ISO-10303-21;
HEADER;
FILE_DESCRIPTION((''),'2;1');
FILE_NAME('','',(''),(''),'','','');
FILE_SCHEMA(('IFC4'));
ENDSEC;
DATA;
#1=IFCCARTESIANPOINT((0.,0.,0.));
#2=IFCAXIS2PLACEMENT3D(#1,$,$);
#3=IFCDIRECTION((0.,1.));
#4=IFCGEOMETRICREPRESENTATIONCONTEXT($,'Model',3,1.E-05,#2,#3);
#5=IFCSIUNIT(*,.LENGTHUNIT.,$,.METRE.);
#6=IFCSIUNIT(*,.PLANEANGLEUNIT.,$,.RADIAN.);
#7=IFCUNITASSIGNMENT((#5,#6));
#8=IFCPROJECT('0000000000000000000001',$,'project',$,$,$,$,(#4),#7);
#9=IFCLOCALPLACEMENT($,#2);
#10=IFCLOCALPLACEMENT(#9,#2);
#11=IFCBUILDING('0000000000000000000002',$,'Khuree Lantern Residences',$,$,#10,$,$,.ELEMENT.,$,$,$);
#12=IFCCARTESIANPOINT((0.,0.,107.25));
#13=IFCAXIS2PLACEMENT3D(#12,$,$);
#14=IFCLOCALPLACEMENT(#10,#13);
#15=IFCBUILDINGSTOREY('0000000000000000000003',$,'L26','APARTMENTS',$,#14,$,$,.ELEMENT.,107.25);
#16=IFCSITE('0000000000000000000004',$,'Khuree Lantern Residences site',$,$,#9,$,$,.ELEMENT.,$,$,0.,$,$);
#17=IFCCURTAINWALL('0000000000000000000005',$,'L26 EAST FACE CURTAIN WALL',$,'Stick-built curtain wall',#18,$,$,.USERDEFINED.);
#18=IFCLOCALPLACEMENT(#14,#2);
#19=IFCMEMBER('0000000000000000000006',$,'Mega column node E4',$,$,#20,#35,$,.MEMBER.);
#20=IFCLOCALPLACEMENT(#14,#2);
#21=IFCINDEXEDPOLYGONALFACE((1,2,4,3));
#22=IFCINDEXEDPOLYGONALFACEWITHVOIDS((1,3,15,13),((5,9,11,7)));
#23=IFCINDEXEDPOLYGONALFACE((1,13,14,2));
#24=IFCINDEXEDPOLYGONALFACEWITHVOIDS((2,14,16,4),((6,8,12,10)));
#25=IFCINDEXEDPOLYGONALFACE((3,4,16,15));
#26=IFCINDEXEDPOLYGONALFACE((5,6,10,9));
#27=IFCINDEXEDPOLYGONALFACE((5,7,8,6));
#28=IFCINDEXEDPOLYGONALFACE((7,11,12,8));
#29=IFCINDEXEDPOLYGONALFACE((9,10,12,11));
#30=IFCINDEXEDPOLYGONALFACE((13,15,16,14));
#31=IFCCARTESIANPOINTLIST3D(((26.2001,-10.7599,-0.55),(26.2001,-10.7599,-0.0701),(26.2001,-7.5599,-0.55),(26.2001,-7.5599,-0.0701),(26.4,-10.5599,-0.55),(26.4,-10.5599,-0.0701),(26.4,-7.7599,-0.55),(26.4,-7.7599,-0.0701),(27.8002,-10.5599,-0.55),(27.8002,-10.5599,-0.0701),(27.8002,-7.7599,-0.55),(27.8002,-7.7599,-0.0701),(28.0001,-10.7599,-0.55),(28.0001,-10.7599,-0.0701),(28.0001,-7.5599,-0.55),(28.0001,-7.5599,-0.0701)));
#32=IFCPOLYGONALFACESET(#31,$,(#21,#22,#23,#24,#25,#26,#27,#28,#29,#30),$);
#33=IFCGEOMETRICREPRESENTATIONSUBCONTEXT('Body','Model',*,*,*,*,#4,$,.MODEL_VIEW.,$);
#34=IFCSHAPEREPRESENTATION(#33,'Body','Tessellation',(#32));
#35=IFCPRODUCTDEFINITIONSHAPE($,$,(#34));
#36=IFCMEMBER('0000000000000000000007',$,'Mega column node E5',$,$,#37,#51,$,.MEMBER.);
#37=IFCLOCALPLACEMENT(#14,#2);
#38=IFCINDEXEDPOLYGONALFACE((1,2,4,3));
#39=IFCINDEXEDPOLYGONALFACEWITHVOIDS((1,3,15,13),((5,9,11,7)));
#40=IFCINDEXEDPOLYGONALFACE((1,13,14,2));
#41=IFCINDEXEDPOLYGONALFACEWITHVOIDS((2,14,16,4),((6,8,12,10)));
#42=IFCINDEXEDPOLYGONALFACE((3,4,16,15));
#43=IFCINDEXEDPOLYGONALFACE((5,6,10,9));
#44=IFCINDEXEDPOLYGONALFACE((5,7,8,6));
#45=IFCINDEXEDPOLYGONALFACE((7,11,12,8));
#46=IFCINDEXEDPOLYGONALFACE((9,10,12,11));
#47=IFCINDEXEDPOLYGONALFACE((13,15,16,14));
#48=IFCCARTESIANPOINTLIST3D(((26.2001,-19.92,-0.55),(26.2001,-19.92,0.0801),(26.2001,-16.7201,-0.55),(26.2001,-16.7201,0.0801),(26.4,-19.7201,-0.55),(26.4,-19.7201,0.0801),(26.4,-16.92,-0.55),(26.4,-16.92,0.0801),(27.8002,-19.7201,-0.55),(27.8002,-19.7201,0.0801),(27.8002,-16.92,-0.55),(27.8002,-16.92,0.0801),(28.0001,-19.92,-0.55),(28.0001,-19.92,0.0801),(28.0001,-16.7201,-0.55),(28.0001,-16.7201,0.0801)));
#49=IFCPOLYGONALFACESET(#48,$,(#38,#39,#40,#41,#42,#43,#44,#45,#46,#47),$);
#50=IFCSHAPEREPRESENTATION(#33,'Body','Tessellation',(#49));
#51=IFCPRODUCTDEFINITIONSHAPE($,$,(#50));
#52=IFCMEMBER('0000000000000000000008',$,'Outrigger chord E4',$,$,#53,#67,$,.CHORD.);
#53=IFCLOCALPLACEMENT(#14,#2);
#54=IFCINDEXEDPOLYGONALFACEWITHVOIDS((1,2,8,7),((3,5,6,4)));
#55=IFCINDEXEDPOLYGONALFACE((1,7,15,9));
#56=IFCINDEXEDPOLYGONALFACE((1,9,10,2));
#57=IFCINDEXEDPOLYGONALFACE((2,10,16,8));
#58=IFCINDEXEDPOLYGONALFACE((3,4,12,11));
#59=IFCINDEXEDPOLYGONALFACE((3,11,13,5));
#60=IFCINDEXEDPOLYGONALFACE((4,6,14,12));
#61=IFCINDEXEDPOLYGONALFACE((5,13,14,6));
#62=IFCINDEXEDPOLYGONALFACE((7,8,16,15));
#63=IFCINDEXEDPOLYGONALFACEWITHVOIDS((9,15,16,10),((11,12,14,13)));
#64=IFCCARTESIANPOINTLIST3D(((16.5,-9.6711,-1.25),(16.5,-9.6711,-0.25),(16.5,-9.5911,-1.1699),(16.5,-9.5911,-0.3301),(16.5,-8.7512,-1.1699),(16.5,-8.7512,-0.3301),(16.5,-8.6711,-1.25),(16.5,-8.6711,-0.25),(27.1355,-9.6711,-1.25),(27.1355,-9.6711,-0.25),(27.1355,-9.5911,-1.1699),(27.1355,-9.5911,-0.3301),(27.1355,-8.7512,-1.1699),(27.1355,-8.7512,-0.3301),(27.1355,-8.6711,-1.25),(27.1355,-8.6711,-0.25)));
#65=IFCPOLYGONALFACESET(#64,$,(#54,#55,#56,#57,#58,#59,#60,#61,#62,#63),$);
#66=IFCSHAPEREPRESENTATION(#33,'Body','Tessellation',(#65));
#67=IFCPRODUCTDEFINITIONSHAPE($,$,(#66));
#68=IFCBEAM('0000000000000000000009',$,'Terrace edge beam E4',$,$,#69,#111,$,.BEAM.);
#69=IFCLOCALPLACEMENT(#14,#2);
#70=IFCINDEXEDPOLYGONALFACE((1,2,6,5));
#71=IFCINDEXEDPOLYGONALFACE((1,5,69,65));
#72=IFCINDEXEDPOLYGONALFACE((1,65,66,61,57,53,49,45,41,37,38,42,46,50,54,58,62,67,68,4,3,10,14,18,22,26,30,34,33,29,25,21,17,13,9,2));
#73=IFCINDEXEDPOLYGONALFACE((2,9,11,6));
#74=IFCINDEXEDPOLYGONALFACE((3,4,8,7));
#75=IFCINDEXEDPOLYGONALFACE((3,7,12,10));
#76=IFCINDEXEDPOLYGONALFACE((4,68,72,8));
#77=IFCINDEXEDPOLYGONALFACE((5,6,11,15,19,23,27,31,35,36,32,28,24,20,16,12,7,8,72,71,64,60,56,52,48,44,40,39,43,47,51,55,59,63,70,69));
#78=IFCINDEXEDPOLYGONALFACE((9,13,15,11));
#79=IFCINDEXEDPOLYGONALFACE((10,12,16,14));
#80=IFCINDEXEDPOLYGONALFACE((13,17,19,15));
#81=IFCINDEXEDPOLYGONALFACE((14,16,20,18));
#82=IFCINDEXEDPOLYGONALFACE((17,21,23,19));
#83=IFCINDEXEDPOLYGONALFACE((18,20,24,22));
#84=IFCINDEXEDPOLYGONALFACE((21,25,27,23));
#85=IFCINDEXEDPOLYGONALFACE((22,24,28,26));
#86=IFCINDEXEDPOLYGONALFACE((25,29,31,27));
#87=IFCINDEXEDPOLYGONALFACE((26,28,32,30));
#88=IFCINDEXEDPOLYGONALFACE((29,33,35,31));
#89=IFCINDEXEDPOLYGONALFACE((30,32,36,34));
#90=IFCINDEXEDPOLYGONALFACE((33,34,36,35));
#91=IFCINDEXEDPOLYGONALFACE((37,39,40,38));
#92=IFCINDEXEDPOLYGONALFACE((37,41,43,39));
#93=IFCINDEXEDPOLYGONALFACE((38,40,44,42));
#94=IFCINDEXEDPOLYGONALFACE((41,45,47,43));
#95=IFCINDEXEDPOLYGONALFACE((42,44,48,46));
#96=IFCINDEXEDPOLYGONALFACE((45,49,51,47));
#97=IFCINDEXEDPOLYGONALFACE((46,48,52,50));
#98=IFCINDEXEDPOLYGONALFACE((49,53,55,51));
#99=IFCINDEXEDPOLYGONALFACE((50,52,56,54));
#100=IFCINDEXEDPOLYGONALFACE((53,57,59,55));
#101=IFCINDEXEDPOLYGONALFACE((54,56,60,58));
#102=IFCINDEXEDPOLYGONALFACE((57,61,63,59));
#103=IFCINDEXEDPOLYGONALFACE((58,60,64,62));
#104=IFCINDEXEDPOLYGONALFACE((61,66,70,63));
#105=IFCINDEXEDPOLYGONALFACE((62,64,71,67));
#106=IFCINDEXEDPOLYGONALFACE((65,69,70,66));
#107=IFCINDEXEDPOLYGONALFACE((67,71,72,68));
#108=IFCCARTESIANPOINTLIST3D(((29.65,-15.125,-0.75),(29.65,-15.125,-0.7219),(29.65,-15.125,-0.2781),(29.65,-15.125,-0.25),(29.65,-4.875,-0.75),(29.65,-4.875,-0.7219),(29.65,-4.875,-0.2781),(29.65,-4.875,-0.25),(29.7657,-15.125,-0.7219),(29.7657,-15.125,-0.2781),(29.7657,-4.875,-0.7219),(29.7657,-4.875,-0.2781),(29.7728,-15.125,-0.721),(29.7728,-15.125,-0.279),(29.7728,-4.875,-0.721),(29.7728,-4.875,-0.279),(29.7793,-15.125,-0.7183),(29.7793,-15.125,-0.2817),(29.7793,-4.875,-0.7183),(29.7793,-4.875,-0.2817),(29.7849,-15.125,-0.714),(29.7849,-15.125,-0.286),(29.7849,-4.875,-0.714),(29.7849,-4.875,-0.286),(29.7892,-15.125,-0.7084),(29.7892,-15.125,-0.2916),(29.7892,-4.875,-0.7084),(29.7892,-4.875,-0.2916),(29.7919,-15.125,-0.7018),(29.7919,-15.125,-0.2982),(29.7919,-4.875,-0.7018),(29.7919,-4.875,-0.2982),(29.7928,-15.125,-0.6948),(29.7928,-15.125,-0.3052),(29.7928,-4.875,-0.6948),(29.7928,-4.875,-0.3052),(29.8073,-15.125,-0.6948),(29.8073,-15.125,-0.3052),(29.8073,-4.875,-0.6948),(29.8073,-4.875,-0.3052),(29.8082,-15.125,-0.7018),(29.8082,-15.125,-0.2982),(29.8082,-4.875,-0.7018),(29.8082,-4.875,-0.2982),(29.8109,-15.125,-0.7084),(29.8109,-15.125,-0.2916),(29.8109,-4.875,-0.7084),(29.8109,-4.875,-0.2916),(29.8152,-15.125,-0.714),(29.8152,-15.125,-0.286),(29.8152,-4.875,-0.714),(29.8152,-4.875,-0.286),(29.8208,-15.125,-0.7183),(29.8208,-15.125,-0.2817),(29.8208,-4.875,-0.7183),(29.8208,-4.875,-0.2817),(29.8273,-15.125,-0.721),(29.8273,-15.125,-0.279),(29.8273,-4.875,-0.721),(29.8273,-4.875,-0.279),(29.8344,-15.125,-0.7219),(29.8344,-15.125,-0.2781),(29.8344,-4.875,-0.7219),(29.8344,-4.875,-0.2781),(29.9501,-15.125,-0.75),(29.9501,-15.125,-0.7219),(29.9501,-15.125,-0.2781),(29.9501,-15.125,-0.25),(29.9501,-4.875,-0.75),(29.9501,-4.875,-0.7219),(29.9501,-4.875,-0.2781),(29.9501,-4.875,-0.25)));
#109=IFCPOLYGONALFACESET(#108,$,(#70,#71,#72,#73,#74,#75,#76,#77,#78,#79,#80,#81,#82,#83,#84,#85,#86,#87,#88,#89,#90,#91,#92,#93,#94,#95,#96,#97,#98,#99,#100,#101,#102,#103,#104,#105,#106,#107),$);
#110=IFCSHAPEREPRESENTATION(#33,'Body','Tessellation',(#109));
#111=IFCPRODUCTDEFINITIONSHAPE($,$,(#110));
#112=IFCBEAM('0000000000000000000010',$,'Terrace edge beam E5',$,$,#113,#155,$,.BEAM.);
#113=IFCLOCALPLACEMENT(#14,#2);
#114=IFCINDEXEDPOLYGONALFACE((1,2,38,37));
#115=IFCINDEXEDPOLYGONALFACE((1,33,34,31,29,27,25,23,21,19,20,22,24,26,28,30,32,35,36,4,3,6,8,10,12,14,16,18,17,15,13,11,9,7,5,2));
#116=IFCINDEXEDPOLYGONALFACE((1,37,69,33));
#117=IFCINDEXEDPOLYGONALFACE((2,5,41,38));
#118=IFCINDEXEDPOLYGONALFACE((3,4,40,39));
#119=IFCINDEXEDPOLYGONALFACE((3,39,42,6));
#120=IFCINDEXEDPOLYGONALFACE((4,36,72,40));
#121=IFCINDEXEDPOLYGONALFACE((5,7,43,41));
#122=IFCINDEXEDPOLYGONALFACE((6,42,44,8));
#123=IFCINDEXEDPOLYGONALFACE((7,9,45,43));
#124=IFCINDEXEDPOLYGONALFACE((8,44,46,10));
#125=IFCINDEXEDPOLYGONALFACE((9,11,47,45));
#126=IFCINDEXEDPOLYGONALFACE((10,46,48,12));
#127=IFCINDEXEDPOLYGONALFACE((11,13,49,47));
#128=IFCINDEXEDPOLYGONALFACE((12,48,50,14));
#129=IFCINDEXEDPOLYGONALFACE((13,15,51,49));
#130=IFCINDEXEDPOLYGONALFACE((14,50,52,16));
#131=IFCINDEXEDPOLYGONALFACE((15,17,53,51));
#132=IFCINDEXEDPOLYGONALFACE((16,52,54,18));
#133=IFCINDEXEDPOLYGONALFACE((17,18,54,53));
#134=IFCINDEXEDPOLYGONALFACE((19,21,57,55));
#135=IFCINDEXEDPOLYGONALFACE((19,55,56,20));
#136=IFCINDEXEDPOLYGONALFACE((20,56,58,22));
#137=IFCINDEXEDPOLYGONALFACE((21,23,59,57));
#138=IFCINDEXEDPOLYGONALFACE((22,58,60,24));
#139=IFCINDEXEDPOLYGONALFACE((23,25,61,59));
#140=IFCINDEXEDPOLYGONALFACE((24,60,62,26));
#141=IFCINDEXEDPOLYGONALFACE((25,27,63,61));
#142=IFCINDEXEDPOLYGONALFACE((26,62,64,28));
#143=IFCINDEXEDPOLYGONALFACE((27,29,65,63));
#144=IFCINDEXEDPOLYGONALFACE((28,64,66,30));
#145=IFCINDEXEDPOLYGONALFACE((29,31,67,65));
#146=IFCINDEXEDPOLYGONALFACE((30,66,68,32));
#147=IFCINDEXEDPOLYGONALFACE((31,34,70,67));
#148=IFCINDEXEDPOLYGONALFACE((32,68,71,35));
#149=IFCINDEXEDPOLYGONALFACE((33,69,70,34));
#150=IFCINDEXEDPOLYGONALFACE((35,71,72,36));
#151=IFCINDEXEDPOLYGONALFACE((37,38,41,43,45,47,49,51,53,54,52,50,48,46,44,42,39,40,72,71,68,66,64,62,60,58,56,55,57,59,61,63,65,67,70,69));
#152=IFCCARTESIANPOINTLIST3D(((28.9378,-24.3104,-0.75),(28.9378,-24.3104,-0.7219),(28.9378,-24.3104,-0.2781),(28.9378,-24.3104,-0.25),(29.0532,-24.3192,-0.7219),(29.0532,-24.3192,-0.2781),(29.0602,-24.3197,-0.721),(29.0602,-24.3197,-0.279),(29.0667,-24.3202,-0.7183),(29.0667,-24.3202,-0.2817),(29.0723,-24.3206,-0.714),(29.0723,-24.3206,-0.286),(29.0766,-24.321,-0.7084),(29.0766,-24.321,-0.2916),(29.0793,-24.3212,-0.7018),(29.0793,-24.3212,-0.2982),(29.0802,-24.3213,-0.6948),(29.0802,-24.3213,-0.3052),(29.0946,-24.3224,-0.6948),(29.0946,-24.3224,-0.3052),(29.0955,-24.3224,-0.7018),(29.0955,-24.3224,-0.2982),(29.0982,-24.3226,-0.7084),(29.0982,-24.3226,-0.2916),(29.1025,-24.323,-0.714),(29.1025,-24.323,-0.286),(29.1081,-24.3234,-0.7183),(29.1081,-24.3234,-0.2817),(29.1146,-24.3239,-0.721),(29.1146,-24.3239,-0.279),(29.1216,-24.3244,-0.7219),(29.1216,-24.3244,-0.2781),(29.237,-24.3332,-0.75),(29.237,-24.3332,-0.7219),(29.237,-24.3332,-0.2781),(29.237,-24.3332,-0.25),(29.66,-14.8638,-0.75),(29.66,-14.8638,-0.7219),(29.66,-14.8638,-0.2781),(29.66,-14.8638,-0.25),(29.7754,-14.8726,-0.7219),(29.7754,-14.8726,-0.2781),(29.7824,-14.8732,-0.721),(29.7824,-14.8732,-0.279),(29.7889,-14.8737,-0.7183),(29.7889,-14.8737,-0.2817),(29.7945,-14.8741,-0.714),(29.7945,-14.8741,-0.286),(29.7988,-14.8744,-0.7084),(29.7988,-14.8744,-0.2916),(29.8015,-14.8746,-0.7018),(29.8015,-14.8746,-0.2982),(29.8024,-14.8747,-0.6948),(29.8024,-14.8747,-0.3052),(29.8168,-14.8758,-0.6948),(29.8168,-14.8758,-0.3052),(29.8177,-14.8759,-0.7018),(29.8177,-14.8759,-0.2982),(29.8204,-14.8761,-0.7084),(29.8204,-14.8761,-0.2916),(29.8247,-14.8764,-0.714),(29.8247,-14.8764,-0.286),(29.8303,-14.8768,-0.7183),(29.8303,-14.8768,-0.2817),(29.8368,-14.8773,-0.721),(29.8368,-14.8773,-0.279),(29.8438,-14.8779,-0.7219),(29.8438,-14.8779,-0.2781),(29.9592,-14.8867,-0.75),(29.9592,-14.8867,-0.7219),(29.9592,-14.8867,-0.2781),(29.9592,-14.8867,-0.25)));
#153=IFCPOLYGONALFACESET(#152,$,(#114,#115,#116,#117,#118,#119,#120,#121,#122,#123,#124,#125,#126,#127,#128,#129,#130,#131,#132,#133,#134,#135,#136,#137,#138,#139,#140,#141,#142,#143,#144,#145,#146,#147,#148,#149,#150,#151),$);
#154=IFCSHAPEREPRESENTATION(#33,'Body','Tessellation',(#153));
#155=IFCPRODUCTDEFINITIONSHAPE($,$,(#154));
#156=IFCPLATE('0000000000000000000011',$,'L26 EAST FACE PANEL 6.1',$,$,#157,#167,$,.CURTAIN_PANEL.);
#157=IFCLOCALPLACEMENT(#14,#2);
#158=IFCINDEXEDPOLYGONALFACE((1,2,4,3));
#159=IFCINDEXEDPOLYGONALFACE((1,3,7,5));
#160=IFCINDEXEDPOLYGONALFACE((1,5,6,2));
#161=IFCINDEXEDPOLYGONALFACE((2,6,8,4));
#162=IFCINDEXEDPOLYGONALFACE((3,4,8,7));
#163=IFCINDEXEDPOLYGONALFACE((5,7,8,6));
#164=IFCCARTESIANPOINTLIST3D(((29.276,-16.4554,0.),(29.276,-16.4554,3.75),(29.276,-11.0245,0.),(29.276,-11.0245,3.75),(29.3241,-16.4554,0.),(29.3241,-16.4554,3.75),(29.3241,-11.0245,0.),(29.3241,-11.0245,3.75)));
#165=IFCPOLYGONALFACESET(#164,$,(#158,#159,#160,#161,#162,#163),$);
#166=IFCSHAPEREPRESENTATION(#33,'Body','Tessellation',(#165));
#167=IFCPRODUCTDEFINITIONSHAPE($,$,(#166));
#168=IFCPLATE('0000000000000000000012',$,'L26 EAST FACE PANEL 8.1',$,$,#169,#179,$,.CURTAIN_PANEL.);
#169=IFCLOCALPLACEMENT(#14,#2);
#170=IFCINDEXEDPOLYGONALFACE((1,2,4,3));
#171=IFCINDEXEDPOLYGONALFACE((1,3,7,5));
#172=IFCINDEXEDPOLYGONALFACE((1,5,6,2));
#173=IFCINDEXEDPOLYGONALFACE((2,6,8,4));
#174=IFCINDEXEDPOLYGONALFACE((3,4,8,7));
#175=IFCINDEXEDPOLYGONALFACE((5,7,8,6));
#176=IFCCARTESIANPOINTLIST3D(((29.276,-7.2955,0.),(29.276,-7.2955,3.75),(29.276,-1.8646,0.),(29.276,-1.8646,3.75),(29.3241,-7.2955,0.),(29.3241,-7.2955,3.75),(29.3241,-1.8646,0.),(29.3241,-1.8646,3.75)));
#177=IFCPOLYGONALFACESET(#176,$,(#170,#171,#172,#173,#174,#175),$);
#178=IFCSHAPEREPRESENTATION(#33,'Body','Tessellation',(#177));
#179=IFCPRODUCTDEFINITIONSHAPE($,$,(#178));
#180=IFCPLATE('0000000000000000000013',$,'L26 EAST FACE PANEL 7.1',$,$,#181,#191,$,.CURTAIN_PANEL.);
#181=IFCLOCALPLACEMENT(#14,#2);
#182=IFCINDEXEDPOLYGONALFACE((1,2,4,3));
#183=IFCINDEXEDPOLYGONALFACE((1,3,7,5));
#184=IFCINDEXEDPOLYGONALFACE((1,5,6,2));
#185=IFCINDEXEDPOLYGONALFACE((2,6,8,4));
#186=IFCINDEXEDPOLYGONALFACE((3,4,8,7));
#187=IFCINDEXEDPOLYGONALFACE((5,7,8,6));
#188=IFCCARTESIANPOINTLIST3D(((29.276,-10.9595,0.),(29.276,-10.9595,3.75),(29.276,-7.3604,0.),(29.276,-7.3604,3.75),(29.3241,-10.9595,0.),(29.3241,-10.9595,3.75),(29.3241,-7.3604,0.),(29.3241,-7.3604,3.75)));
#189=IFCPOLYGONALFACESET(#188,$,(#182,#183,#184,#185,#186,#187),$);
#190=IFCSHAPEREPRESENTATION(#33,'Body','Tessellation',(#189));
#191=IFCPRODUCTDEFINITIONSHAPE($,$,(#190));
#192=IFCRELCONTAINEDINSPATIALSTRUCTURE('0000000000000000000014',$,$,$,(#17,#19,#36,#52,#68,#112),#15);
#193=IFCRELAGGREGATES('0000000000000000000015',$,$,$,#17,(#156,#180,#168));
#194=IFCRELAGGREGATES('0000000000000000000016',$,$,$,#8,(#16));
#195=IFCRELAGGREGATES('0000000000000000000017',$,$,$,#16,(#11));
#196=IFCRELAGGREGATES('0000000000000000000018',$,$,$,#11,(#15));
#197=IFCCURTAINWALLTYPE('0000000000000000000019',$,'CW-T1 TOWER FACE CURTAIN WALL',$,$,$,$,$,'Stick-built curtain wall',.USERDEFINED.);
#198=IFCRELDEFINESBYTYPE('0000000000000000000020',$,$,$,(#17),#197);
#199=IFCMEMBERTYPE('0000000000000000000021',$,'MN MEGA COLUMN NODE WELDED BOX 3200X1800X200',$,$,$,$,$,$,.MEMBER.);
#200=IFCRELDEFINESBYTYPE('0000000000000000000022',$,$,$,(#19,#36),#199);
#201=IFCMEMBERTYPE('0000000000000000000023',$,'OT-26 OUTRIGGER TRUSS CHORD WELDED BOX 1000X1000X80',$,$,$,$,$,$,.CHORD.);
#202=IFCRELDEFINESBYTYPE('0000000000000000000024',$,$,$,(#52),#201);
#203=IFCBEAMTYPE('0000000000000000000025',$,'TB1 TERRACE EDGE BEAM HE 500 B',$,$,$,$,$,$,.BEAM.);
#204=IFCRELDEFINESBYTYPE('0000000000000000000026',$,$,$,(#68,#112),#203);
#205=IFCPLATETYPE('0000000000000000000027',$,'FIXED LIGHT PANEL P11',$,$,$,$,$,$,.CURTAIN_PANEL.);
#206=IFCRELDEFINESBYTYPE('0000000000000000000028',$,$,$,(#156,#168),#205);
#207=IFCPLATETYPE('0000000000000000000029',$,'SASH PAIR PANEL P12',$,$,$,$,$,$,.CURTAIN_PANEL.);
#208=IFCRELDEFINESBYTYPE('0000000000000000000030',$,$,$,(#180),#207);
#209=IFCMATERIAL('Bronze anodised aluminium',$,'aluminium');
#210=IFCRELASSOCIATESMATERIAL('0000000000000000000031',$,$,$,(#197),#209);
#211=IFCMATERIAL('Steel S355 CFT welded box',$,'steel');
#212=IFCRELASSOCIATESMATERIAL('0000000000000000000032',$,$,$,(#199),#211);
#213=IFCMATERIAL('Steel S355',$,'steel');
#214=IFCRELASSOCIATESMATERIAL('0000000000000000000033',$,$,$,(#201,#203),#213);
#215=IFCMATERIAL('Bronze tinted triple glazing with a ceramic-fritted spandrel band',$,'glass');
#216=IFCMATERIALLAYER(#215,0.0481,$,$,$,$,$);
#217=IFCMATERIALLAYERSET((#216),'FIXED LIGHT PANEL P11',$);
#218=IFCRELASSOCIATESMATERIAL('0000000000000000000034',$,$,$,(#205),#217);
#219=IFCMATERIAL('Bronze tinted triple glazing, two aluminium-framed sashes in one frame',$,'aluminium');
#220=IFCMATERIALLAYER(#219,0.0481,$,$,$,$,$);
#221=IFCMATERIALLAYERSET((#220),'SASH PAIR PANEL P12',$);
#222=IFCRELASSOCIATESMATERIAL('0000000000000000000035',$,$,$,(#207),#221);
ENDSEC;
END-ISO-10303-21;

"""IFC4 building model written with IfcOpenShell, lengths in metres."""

from ifc_helpers import new_model, si_unit, direction, frame, origin, origin_2d, place, context, subcontext, project, spatial, rectangle, hollow_rectangle, i_section, extrude, material, layer, layer_set, material_profile, profile_set, type_object, element, aggregate, save


model = new_model("IFC4")

# Units and contexts
model_context = context("Model", 3, precision=1e-05, world=origin(), true_north=direction((0.0, 1.0)))
body_context = subcontext(model_context, "Body", "Model", "MODEL_VIEW")
ifc_project = project(units=[si_unit("LENGTHUNIT", "METRE"), si_unit("PLANEANGLEUNIT", "RADIAN")], contexts=[model_context])

# Site, building, storey
site_placement = place(None, origin())
site = spatial("IfcSite", under=ifc_project, at=site_placement, Name="Khuree Lantern Residences site", CompositionType="ELEMENT", RefElevation=0.0)
building_placement = place(site_placement, origin())
building = spatial("IfcBuilding", under=site, at=building_placement, Name="Khuree Lantern Residences", CompositionType="ELEMENT")
storey_placement = place(building_placement, frame((0.0, 0.0, 107.25)))
storey = spatial("IfcBuildingStorey", under=building, at=storey_placement, Name="L26", Description="APARTMENTS", CompositionType="ELEMENT", Elevation=107.25)

# Shared definitions
ifc_material_1 = material(Name="Steel S355 CFT welded box", Category="steel")

# Shared definitions
ifc_material_2 = material(Name="Steel S355", Category="steel")

# Curtain wall
ifc_material_3 = material(Name="Bronze anodised aluminium", Category="aluminium")
curtain_wall_type = type_object("IfcCurtainWallType", Name="CW-T1 TOWER FACE CURTAIN WALL", ElementType="Stick-built curtain wall", PredefinedType="USERDEFINED", material=ifc_material_3)
curtain_wall_placement = place(storey_placement, origin())
curtain_wall = element("IfcCurtainWall", 1, at=curtain_wall_placement, inside=storey, type_object=curtain_wall_type, Name="L26 EAST FACE CURTAIN WALL", ObjectType="Stick-built curtain wall", PredefinedType="USERDEFINED")

# Members
ifc_material_profile_1 = material_profile(ifc_material_1, hollow_rectangle(XDim=3.2, YDim=1.8, WallThickness=0.2, at=origin_2d()), Name="WELDED BOX 3200X1800X200")
ifc_profile_set_1 = profile_set([ifc_material_profile_1], Name="Steel S355 CFT welded box")
member_type_1 = type_object("IfcMemberType", Name="MN MEGA COLUMN NODE WELDED BOX 3200X1800X200", PredefinedType="MEMBER", material=ifc_profile_set_1)
member_1_placement = place(storey_placement, frame((27.1001, -9.1599, -0.55), z_axis=(0.0, 0.0, 1.0), x_axis=(0.0, 1.0, 0.0)))
element("IfcMember", 2, at=member_1_placement, inside=storey, type_object=member_type_1, Name="Mega column node E4", PredefinedType="MEMBER", context=body_context, shape_type="SweptSolid", body=[
    extrude(hollow_rectangle(XDim=3.2, YDim=1.8, WallThickness=0.2, at=origin_2d()), origin(), (0.0, 0.0, 1.0), 0.48),
])
member_2_placement = place(storey_placement, frame((27.1001, -18.3201, -0.55), z_axis=(0.0, 0.0, 1.0), x_axis=(0.0, 1.0, 0.0)))
element("IfcMember", 3, at=member_2_placement, inside=storey, type_object=member_type_1, Name="Mega column node E5", PredefinedType="MEMBER", context=body_context, shape_type="SweptSolid", body=[
    extrude(hollow_rectangle(XDim=3.2, YDim=1.8, WallThickness=0.2, at=origin_2d()), origin(), (0.0, 0.0, 1.0), 0.6301),
])
ifc_material_profile_2 = material_profile(ifc_material_2, hollow_rectangle(XDim=1.0, YDim=1.0, WallThickness=0.0801, at=origin_2d()), Name="WELDED BOX 1000X1000X80")
ifc_profile_set_2 = profile_set([ifc_material_profile_2], Name="Steel S355")
member_type_2 = type_object("IfcMemberType", Name="OT-26 OUTRIGGER TRUSS CHORD WELDED BOX 1000X1000X80", PredefinedType="CHORD", material=ifc_profile_set_2)
member_3_placement = place(storey_placement, frame((27.1355, -9.1711, -0.75), z_axis=(-1.0, 0.0, 0.0), x_axis=(0.0, -1.0, 0.0)))
element("IfcMember", 4, at=member_3_placement, inside=storey, type_object=member_type_2, Name="Outrigger chord E4", PredefinedType="CHORD", context=body_context, shape_type="SweptSolid", body=[
    extrude(hollow_rectangle(XDim=1.0, YDim=1.0, WallThickness=0.0801, at=origin_2d()), origin(), (0.0, 0.0, 1.0), 10.6355),
])

# Beams
ifc_material_profile_3 = material_profile(ifc_material_2, i_section(OverallWidth=0.3, OverallDepth=0.5, WebThickness=0.0144, FlangeThickness=0.0281, FilletRadius=0.0271, at=origin_2d()), Name="HE 500 B")
ifc_profile_set_3 = profile_set([ifc_material_profile_3], Name="Steel S355")
beam_type_1 = type_object("IfcBeamType", Name="TB1 TERRACE EDGE BEAM HE 500 B", PredefinedType="BEAM", material=ifc_profile_set_3)
beam_1_placement = place(storey_placement, frame((29.8, -4.875, -0.5), z_axis=(0.0, -1.0, 0.0), x_axis=(1.0, 0.0, 0.0)))
element("IfcBeam", 5, at=beam_1_placement, inside=storey, type_object=beam_type_1, Name="Terrace edge beam E4", PredefinedType="BEAM", context=body_context, shape_type="SweptSolid", body=[
    extrude(i_section(OverallWidth=0.3, OverallDepth=0.5, WebThickness=0.0144, FlangeThickness=0.0281, FilletRadius=0.0271, at=origin_2d()), origin(), (0.0, 0.0, 1.0), 10.25),
])
beam_2_placement = place(storey_placement, frame((29.8096, -14.8752, -0.5), z_axis=(-0.076226, -0.997091, 0.0), x_axis=(0.997091, -0.076226, 0.0)))
element("IfcBeam", 6, at=beam_2_placement, inside=storey, type_object=beam_type_1, Name="Terrace edge beam E5", PredefinedType="BEAM", context=body_context, shape_type="SweptSolid", body=[
    extrude(i_section(OverallWidth=0.3, OverallDepth=0.5, WebThickness=0.0144, FlangeThickness=0.0281, FilletRadius=0.0271, at=origin_2d()), origin(), (0.0, 0.0, 1.0), 9.4741),
])

# Plates
ifc_material_4 = material(Name="Bronze tinted triple glazing with a ceramic-fritted spandrel band", Category="glass")
ifc_layer_1 = layer(ifc_material_4, 0.0481)
ifc_layer_set_1 = layer_set([ifc_layer_1], Name="FIXED LIGHT PANEL P11")
plate_type_1 = type_object("IfcPlateType", Name="FIXED LIGHT PANEL P11", PredefinedType="CURTAIN_PANEL", material=ifc_layer_set_1)
plate_1_placement = place(storey_placement, frame((29.3, -13.74, 0.0), z_axis=(0.0, 0.0, 1.0), x_axis=(0.0, 1.0, 0.0)))
plate_1 = element("IfcPlate", 7, at=plate_1_placement, type_object=plate_type_1, Name="L26 EAST FACE PANEL 6.1", PredefinedType="CURTAIN_PANEL", context=body_context, shape_type="SweptSolid", body=[
    extrude(rectangle(XDim=5.4309, YDim=0.0481, at=origin_2d()), origin(), (0.0, 0.0, 1.0), 3.75),
])
plate_2_placement = place(storey_placement, frame((29.3, -4.5801, 0.0), z_axis=(0.0, 0.0, 1.0), x_axis=(0.0, 1.0, 0.0)))
plate_2 = element("IfcPlate", 8, at=plate_2_placement, type_object=plate_type_1, Name="L26 EAST FACE PANEL 8.1", PredefinedType="CURTAIN_PANEL", context=body_context, shape_type="SweptSolid", body=[
    extrude(rectangle(XDim=5.4309, YDim=0.0481, at=origin_2d()), origin(), (0.0, 0.0, 1.0), 3.75),
])
ifc_material_5 = material(Name="Bronze tinted triple glazing, two aluminium-framed sashes in one frame", Category="aluminium")
ifc_layer_2 = layer(ifc_material_5, 0.0481)
ifc_layer_set_2 = layer_set([ifc_layer_2], Name="SASH PAIR PANEL P12")
plate_type_2 = type_object("IfcPlateType", Name="SASH PAIR PANEL P12", PredefinedType="CURTAIN_PANEL", material=ifc_layer_set_2)
plate_3_placement = place(storey_placement, frame((29.3, -9.1599, 0.0), z_axis=(0.0, 0.0, 1.0), x_axis=(0.0, 1.0, 0.0)))
plate_3 = element("IfcPlate", 9, at=plate_3_placement, type_object=plate_type_2, Name="L26 EAST FACE PANEL 7.1", PredefinedType="CURTAIN_PANEL", context=body_context, shape_type="SweptSolid", body=[
    extrude(rectangle(XDim=3.5991, YDim=0.0481, at=origin_2d()), origin(), (0.0, 0.0, 1.0), 3.75),
])
aggregate(curtain_wall, [plate_1, plate_3, plate_2])

save(model, "model.ifc")
